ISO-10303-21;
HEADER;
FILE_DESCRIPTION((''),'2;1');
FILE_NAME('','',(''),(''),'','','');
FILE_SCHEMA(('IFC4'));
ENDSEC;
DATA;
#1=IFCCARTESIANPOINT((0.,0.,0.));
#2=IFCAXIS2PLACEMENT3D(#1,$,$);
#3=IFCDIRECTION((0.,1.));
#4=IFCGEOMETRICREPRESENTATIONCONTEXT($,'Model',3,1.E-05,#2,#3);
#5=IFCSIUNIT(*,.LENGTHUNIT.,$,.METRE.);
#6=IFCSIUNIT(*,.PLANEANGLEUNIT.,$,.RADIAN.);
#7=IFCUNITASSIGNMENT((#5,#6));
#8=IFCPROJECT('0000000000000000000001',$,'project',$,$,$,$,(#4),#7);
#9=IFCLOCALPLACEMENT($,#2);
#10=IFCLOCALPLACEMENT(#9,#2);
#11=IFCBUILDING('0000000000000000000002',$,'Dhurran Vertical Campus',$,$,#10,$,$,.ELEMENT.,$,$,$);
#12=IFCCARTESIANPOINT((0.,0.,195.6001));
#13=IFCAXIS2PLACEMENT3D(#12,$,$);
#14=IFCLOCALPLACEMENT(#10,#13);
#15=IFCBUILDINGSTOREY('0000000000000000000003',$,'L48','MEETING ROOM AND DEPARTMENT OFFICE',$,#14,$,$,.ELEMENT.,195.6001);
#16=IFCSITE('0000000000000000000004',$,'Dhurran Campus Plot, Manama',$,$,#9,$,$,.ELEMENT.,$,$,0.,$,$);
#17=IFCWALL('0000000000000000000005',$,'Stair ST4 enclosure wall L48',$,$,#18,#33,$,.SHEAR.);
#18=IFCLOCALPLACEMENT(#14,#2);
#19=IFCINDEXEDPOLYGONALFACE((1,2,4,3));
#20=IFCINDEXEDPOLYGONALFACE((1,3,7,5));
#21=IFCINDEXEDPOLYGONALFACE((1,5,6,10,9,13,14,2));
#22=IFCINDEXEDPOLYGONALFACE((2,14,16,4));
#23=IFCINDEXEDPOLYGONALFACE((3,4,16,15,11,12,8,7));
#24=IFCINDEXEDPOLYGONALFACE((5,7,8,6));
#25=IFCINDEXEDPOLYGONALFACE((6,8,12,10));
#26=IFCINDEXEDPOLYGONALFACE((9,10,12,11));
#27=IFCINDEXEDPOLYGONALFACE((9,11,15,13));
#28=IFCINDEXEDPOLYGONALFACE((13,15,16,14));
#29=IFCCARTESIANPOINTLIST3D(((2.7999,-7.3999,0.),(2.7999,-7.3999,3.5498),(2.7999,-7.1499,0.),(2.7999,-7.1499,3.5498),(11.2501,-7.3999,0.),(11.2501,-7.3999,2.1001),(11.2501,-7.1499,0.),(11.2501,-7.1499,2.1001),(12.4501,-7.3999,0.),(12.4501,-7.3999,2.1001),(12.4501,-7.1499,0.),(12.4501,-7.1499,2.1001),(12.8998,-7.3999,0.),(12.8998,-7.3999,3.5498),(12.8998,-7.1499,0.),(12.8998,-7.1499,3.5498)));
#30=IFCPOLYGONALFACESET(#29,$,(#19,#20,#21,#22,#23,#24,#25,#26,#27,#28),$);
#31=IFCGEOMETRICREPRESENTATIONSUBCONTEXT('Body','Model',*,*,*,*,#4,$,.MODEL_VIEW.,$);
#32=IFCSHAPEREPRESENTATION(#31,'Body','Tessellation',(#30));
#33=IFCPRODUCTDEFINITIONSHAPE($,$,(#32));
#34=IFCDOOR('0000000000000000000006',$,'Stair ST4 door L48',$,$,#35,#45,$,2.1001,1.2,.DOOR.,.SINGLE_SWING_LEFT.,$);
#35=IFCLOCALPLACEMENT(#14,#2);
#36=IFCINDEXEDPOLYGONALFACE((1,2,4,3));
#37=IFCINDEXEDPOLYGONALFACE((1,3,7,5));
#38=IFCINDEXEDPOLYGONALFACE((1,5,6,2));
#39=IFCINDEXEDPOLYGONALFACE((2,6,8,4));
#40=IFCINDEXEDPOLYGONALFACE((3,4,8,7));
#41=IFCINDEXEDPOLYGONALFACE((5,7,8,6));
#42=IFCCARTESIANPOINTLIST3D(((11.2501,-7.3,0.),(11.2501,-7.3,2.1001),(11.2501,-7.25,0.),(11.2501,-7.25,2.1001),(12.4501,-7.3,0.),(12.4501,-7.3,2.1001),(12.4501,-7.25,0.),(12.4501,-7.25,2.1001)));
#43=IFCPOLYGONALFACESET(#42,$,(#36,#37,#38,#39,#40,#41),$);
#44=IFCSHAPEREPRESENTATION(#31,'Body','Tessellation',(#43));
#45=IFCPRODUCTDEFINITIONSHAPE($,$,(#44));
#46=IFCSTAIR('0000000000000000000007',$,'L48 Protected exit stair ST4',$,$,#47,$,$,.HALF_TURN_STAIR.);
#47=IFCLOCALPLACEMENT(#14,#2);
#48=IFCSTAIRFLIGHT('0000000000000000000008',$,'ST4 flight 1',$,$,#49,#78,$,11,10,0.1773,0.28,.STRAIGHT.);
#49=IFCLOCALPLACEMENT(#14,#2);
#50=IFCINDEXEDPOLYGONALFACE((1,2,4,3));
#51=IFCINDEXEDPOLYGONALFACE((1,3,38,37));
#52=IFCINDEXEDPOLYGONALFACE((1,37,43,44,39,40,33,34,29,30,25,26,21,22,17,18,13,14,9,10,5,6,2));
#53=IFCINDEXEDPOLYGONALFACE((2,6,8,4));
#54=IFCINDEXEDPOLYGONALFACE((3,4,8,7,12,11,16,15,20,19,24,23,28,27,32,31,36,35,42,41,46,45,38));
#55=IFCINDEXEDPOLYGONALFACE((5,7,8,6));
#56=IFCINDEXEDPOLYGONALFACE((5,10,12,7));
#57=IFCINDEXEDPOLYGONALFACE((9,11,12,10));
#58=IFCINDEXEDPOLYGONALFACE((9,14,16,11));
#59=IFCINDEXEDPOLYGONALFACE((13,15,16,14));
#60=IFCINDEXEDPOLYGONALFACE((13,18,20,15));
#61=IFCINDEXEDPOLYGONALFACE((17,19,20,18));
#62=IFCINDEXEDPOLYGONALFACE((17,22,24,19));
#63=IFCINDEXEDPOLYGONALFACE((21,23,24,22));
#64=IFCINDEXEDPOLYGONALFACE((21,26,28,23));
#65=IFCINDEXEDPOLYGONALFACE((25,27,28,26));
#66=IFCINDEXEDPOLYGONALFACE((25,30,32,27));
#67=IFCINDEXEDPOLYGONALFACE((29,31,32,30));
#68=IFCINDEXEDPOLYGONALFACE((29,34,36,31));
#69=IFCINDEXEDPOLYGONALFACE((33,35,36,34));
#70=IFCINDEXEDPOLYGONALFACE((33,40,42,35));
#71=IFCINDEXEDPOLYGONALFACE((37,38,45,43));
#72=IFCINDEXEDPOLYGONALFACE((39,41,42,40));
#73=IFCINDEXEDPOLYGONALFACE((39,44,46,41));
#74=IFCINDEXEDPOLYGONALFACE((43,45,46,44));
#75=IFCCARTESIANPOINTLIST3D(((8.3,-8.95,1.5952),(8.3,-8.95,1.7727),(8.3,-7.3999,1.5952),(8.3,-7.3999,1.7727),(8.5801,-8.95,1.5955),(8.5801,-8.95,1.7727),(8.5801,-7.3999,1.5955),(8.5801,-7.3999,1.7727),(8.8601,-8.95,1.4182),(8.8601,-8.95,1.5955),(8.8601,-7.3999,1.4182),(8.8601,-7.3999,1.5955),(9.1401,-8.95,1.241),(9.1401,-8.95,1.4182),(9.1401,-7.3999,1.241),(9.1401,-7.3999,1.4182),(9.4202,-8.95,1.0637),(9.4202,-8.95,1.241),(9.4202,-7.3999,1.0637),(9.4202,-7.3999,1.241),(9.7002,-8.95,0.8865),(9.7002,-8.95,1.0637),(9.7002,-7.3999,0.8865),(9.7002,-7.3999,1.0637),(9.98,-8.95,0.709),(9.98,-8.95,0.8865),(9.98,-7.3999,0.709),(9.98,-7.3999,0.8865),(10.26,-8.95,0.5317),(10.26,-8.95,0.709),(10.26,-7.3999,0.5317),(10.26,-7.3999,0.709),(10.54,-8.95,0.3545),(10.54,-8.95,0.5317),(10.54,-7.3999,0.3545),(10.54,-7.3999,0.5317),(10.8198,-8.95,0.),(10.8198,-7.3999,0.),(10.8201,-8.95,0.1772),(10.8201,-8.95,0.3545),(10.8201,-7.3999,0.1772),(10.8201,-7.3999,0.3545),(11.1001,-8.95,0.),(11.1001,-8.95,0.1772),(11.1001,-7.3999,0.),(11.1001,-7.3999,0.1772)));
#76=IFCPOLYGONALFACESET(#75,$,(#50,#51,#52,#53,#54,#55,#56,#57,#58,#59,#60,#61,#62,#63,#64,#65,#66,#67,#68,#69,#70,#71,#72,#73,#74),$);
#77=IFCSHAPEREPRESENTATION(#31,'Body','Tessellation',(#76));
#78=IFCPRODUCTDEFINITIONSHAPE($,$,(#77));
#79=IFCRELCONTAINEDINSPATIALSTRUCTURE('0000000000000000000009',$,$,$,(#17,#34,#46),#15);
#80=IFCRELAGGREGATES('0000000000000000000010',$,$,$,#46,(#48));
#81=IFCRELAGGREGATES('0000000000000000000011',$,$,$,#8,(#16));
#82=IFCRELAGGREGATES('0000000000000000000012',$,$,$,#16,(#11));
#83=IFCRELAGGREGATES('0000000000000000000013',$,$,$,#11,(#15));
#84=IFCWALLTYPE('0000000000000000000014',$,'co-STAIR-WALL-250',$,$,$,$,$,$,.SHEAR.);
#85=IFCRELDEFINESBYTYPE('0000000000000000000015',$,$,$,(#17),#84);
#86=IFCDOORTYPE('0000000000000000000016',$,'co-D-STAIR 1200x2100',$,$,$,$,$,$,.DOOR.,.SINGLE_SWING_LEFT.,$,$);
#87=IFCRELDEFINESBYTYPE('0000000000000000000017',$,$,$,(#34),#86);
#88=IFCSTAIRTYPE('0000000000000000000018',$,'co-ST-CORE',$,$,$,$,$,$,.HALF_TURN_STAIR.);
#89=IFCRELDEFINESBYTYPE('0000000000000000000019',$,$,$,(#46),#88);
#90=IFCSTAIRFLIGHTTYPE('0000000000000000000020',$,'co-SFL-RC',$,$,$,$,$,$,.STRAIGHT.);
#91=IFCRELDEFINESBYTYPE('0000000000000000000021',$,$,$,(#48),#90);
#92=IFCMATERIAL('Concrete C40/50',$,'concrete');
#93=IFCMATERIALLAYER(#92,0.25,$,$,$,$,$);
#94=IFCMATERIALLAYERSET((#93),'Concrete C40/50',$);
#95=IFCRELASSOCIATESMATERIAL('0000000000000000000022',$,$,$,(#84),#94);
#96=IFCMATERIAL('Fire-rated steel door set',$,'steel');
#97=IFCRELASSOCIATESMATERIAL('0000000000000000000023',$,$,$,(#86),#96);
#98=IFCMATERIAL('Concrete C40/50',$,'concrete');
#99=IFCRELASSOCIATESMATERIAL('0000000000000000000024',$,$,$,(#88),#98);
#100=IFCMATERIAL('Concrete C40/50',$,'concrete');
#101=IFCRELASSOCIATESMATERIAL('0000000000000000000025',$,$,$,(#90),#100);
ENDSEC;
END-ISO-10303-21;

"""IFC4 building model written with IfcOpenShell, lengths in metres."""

from ifc_helpers import new_model, si_unit, direction, frame, frame_2d, origin, place, context, subcontext, project, spatial, polyline, rectangle, outline, extrude, material, layer, layer_set, type_object, element, fill, aggregate, save


model = new_model("IFC4")

# Units and contexts
model_context = context("Model", 3, precision=1e-05, world=origin(), true_north=direction((0.0, 1.0)))
body_context = subcontext(model_context, "Body", "Model", "MODEL_VIEW")
ifc_project = project(units=[si_unit("LENGTHUNIT", "METRE"), si_unit("PLANEANGLEUNIT", "RADIAN")], contexts=[model_context])

# Site, building, storey
site_placement = place(None, origin())
site = spatial("IfcSite", under=ifc_project, at=site_placement, Name="Dhurran Campus Plot, Manama", CompositionType="ELEMENT", RefElevation=0.0)
building_placement = place(site_placement, origin())
building = spatial("IfcBuilding", under=site, at=building_placement, Name="Dhurran Vertical Campus", CompositionType="ELEMENT")
storey_placement = place(building_placement, frame((0.0, 0.0, 195.6001)))
storey = spatial("IfcBuildingStorey", under=building, at=storey_placement, Name="L48", Description="MEETING ROOM AND DEPARTMENT OFFICE", CompositionType="ELEMENT", Elevation=195.6001)

# Wall, opening, door
ifc_material_1 = material(Name="Concrete C40/50", Category="concrete")
ifc_layer_1 = layer(ifc_material_1, 0.25)
ifc_layer_set_1 = layer_set([ifc_layer_1], Name="Concrete C40/50")
wall_type_1 = type_object("IfcWallType", Name="co-STAIR-WALL-250", PredefinedType="SHEAR", material=ifc_layer_set_1)
wall_1_placement = place(storey_placement, frame((2.8, -7.2749, 0.0), z_axis=(0.0, 0.0, 1.0), x_axis=(1.0, 0.0, 0.0)))
wall_1 = element("IfcWall", 1, at=wall_1_placement, inside=storey, type_object=wall_type_1, Name="Stair ST4 enclosure wall L48", PredefinedType="SHEAR", context=body_context, shape_type="SweptSolid", body=[
    extrude(rectangle(XDim=10.0999, YDim=0.25, at=frame_2d((5.0498, 0.0))), origin(), (0.0, 0.0, 1.0), 3.5498),
])
opening_1_placement = place(wall_1_placement, frame((8.45, 0.0, 0.0)))
opening_1 = element("IfcOpeningElement", 2, at=opening_1_placement, cuts=wall_1, PredefinedType="OPENING", context=body_context, shape_type="SweptSolid", body=[
    extrude(rectangle(XDim=1.2, YDim=2.1001, at=frame_2d((0.6001, 1.05))), frame((0.0, 0.135, 0.0), z_axis=(0.0, -1.0, 0.0), x_axis=(1.0, 0.0, 0.0)), (0.0, 0.0, 1.0), 0.27),
])
ifc_material_2 = material(Name="Fire-rated steel door set", Category="steel")
door_type_1 = type_object("IfcDoorType", Name="co-D-STAIR 1200x2100", OperationType="SINGLE_SWING_LEFT", PredefinedType="DOOR", material=ifc_material_2)
door_1_placement = place(opening_1_placement, origin())
door_1 = element("IfcDoor", 3, at=door_1_placement, inside=storey, type_object=door_type_1, Name="Stair ST4 door L48", OperationType="SINGLE_SWING_LEFT", OverallHeight=2.1001, OverallWidth=1.2, PredefinedType="DOOR", context=body_context, shape_type="SweptSolid", body=[
    extrude(rectangle(XDim=1.2, YDim=2.1001, at=frame_2d((0.6001, 1.05))), frame((0.0, 0.0249, 0.0), z_axis=(0.0, -1.0, 0.0), x_axis=(1.0, 0.0, 0.0)), (0.0, 0.0, 1.0), 0.05),
])
fill(opening_1, door_1)

# Stair, stair flight
ifc_material_3 = material(Name="Concrete C40/50", Category="concrete")
stair_type = type_object("IfcStairType", Name="co-ST-CORE", PredefinedType="HALF_TURN_STAIR", material=ifc_material_3)
stair_placement = place(storey_placement, origin())
stair = element("IfcStair", 4, at=stair_placement, inside=storey, type_object=stair_type, Name="L48 Protected exit stair ST4", PredefinedType="HALF_TURN_STAIR")
ifc_material_4 = material(Name="Concrete C40/50", Category="concrete")
stair_flight_type = type_object("IfcStairFlightType", Name="co-SFL-RC", PredefinedType="STRAIGHT", material=ifc_material_4)
stair_flight_placement = place(storey_placement, frame((11.1001, -8.175, 0.0), z_axis=(0.0, 0.0, 1.0), x_axis=(-1.0, 0.0, 0.0)))
stair_flight = element("IfcStairFlight", 5, at=stair_flight_placement, type_object=stair_flight_type, Name="ST4 flight 1", NumberOfRisers=11, NumberOfTreads=10, PredefinedType="STRAIGHT", RiserHeight=0.1773, TreadLength=0.28, context=body_context, shape_type="SweptSolid", body=[
    extrude(outline(polyline([(0.0, 0.0), (0.0, 0.1772), (0.28, 0.1772), (0.28, 0.3545), (0.5601, 0.3545), (0.5601, 0.5317), (0.8401, 0.5317), (0.8401, 0.709), (1.1201, 0.709), (1.1201, 0.8865), (1.3999, 0.8865), (1.3999, 1.0637), (1.6799, 1.0637), (1.6799, 1.241), (1.96, 1.241), (1.96, 1.4182), (2.24, 1.4182), (2.24, 1.5955), (2.52, 1.5955), (2.52, 1.7727), (2.8, 1.7727), (2.8, 1.95), (2.8, 1.5952), (0.2803, 0.0), (0.0, 0.0)])), frame((0.0, 0.7749, 0.0), z_axis=(0.0, -1.0, 0.0), x_axis=(1.0, 0.0, 0.0)), (0.0, 0.0, 1.0), 1.55),
])
aggregate(stair, [stair_flight])

save(model, "model.ifc")
